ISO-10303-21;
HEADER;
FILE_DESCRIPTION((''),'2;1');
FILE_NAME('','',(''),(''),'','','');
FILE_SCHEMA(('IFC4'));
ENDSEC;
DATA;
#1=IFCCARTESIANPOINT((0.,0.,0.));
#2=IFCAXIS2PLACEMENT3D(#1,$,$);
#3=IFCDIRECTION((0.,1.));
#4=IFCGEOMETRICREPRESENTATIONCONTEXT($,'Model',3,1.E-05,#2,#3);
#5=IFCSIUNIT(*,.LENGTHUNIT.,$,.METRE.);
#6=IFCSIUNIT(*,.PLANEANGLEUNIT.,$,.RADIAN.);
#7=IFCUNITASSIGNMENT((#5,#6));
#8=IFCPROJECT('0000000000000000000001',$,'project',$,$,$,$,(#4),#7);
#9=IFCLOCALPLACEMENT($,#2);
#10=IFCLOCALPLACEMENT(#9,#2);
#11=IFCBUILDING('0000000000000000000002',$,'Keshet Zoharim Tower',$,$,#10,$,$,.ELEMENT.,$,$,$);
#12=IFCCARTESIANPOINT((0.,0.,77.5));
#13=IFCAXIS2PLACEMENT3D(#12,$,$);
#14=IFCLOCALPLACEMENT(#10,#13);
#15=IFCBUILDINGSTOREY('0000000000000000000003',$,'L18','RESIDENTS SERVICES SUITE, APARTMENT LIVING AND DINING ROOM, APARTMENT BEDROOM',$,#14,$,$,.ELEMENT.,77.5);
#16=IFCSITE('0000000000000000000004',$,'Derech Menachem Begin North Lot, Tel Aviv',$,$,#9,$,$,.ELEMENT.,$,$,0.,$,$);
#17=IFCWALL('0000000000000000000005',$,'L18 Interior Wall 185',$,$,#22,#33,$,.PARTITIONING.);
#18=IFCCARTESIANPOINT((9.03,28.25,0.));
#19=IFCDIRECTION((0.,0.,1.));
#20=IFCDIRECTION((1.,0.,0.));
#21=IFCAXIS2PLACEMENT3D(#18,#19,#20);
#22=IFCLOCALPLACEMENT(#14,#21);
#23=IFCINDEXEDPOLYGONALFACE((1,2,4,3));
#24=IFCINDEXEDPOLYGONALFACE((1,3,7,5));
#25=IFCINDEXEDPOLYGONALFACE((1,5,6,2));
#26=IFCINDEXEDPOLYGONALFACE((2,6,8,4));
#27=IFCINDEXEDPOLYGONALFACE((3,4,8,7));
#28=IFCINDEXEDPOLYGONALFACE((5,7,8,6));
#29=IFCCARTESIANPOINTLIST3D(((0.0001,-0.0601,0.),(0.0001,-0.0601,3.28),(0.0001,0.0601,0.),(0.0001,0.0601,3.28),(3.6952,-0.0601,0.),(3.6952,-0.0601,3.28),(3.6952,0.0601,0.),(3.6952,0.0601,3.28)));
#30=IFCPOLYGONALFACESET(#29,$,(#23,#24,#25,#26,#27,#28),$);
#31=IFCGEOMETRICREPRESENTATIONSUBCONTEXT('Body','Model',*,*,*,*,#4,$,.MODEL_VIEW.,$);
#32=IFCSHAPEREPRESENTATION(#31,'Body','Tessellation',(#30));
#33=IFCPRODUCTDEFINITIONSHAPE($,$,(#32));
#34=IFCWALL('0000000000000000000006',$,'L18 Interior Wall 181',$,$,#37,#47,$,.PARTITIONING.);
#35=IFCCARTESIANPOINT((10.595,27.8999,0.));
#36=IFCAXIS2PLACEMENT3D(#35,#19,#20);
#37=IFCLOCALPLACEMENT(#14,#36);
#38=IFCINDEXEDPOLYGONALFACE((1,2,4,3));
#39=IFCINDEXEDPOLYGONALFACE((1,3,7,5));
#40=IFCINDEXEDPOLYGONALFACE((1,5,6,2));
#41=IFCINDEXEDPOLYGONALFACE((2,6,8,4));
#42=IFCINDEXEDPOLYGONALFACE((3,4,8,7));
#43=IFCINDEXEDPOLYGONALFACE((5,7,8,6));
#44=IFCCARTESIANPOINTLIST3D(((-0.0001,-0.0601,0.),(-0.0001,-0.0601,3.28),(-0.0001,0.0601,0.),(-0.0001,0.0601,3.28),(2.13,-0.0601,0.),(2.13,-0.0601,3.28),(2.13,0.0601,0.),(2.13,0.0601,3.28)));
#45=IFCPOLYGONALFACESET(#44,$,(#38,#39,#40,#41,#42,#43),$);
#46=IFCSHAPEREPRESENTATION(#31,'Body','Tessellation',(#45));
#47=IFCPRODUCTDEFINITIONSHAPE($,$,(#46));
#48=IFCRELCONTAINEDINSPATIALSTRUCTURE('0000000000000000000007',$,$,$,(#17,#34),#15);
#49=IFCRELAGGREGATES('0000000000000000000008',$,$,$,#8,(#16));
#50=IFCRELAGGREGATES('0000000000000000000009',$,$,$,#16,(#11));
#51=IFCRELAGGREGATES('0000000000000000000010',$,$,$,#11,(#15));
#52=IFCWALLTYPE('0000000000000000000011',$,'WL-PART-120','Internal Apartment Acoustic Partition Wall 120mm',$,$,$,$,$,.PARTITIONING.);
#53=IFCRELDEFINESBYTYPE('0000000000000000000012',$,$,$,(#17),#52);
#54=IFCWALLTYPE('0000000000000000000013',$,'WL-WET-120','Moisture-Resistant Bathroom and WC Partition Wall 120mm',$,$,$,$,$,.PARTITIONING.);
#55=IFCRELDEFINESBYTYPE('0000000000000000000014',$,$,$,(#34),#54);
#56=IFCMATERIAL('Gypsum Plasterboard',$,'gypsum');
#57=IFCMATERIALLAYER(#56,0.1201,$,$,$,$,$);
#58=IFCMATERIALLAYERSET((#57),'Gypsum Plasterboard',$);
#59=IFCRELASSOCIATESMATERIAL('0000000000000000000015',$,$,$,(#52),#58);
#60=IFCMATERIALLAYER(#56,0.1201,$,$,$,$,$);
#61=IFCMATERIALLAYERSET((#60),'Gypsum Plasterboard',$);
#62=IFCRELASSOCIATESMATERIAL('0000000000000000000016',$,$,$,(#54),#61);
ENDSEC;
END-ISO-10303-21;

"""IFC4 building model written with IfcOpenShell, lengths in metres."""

from ifc_helpers import new_model, si_unit, direction, frame, frame_2d, origin, place, context, subcontext, project, spatial, rectangle, extrude, material, layer, layer_set, type_object, element, save


model = new_model("IFC4")

# Units and contexts
model_context = context("Model", 3, precision=1e-05, world=origin(), true_north=direction((0.0, 1.0)))
body_context = subcontext(model_context, "Body", "Model", "MODEL_VIEW")
ifc_project = project(units=[si_unit("LENGTHUNIT", "METRE"), si_unit("PLANEANGLEUNIT", "RADIAN")], contexts=[model_context])

# Site, building, storey
site_placement = place(None, origin())
site = spatial("IfcSite", under=ifc_project, at=site_placement, Name="Derech Menachem Begin North Lot, Tel Aviv", CompositionType="ELEMENT", RefElevation=0.0)
building_placement = place(site_placement, origin())
building = spatial("IfcBuilding", under=site, at=building_placement, Name="Keshet Zoharim Tower", CompositionType="ELEMENT")
storey_placement = place(building_placement, frame((0.0, 0.0, 77.5)))
storey = spatial("IfcBuildingStorey", under=building, at=storey_placement, Name="L18", Description="RESIDENTS SERVICES SUITE, APARTMENT LIVING AND DINING ROOM, APARTMENT BEDROOM", CompositionType="ELEMENT", Elevation=77.5)

# Shared definitions
ifc_material_1 = material(Name="Gypsum Plasterboard", Category="gypsum")

# Wall
ifc_layer_1 = layer(ifc_material_1, 0.1201)
ifc_layer_set_1 = layer_set([ifc_layer_1], Name="Gypsum Plasterboard")
wall_type_1 = type_object("IfcWallType", Name="WL-PART-120", Description="Internal Apartment Acoustic Partition Wall 120mm", PredefinedType="PARTITIONING", material=ifc_layer_set_1)
wall_1_placement = place(storey_placement, frame((9.03, 28.25, 0.0), z_axis=(0.0, 0.0, 1.0), x_axis=(1.0, 0.0, 0.0)))
element("IfcWall", 1, at=wall_1_placement, inside=storey, type_object=wall_type_1, Name="L18 Interior Wall 185", PredefinedType="PARTITIONING", context=body_context, shape_type="SweptSolid", body=[
    extrude(rectangle(XDim=3.6951, YDim=0.1201, at=frame_2d((1.8477, 0.0))), origin(), (0.0, 0.0, 1.0), 3.28),
])

# Wall
ifc_layer_2 = layer(ifc_material_1, 0.1201)
ifc_layer_set_2 = layer_set([ifc_layer_2], Name="Gypsum Plasterboard")
wall_type_2 = type_object("IfcWallType", Name="WL-WET-120", Description="Moisture-Resistant Bathroom and WC Partition Wall 120mm", PredefinedType="PARTITIONING", material=ifc_layer_set_2)
wall_2_placement = place(storey_placement, frame((10.595, 27.8999, 0.0), z_axis=(0.0, 0.0, 1.0), x_axis=(1.0, 0.0, 0.0)))
element("IfcWall", 2, at=wall_2_placement, inside=storey, type_object=wall_type_2, Name="L18 Interior Wall 181", PredefinedType="PARTITIONING", context=body_context, shape_type="SweptSolid", body=[
    extrude(rectangle(XDim=2.1301, YDim=0.1201, at=frame_2d((1.0649, 0.0))), origin(), (0.0, 0.0, 1.0), 3.28),
])

save(model, "model.ifc")
